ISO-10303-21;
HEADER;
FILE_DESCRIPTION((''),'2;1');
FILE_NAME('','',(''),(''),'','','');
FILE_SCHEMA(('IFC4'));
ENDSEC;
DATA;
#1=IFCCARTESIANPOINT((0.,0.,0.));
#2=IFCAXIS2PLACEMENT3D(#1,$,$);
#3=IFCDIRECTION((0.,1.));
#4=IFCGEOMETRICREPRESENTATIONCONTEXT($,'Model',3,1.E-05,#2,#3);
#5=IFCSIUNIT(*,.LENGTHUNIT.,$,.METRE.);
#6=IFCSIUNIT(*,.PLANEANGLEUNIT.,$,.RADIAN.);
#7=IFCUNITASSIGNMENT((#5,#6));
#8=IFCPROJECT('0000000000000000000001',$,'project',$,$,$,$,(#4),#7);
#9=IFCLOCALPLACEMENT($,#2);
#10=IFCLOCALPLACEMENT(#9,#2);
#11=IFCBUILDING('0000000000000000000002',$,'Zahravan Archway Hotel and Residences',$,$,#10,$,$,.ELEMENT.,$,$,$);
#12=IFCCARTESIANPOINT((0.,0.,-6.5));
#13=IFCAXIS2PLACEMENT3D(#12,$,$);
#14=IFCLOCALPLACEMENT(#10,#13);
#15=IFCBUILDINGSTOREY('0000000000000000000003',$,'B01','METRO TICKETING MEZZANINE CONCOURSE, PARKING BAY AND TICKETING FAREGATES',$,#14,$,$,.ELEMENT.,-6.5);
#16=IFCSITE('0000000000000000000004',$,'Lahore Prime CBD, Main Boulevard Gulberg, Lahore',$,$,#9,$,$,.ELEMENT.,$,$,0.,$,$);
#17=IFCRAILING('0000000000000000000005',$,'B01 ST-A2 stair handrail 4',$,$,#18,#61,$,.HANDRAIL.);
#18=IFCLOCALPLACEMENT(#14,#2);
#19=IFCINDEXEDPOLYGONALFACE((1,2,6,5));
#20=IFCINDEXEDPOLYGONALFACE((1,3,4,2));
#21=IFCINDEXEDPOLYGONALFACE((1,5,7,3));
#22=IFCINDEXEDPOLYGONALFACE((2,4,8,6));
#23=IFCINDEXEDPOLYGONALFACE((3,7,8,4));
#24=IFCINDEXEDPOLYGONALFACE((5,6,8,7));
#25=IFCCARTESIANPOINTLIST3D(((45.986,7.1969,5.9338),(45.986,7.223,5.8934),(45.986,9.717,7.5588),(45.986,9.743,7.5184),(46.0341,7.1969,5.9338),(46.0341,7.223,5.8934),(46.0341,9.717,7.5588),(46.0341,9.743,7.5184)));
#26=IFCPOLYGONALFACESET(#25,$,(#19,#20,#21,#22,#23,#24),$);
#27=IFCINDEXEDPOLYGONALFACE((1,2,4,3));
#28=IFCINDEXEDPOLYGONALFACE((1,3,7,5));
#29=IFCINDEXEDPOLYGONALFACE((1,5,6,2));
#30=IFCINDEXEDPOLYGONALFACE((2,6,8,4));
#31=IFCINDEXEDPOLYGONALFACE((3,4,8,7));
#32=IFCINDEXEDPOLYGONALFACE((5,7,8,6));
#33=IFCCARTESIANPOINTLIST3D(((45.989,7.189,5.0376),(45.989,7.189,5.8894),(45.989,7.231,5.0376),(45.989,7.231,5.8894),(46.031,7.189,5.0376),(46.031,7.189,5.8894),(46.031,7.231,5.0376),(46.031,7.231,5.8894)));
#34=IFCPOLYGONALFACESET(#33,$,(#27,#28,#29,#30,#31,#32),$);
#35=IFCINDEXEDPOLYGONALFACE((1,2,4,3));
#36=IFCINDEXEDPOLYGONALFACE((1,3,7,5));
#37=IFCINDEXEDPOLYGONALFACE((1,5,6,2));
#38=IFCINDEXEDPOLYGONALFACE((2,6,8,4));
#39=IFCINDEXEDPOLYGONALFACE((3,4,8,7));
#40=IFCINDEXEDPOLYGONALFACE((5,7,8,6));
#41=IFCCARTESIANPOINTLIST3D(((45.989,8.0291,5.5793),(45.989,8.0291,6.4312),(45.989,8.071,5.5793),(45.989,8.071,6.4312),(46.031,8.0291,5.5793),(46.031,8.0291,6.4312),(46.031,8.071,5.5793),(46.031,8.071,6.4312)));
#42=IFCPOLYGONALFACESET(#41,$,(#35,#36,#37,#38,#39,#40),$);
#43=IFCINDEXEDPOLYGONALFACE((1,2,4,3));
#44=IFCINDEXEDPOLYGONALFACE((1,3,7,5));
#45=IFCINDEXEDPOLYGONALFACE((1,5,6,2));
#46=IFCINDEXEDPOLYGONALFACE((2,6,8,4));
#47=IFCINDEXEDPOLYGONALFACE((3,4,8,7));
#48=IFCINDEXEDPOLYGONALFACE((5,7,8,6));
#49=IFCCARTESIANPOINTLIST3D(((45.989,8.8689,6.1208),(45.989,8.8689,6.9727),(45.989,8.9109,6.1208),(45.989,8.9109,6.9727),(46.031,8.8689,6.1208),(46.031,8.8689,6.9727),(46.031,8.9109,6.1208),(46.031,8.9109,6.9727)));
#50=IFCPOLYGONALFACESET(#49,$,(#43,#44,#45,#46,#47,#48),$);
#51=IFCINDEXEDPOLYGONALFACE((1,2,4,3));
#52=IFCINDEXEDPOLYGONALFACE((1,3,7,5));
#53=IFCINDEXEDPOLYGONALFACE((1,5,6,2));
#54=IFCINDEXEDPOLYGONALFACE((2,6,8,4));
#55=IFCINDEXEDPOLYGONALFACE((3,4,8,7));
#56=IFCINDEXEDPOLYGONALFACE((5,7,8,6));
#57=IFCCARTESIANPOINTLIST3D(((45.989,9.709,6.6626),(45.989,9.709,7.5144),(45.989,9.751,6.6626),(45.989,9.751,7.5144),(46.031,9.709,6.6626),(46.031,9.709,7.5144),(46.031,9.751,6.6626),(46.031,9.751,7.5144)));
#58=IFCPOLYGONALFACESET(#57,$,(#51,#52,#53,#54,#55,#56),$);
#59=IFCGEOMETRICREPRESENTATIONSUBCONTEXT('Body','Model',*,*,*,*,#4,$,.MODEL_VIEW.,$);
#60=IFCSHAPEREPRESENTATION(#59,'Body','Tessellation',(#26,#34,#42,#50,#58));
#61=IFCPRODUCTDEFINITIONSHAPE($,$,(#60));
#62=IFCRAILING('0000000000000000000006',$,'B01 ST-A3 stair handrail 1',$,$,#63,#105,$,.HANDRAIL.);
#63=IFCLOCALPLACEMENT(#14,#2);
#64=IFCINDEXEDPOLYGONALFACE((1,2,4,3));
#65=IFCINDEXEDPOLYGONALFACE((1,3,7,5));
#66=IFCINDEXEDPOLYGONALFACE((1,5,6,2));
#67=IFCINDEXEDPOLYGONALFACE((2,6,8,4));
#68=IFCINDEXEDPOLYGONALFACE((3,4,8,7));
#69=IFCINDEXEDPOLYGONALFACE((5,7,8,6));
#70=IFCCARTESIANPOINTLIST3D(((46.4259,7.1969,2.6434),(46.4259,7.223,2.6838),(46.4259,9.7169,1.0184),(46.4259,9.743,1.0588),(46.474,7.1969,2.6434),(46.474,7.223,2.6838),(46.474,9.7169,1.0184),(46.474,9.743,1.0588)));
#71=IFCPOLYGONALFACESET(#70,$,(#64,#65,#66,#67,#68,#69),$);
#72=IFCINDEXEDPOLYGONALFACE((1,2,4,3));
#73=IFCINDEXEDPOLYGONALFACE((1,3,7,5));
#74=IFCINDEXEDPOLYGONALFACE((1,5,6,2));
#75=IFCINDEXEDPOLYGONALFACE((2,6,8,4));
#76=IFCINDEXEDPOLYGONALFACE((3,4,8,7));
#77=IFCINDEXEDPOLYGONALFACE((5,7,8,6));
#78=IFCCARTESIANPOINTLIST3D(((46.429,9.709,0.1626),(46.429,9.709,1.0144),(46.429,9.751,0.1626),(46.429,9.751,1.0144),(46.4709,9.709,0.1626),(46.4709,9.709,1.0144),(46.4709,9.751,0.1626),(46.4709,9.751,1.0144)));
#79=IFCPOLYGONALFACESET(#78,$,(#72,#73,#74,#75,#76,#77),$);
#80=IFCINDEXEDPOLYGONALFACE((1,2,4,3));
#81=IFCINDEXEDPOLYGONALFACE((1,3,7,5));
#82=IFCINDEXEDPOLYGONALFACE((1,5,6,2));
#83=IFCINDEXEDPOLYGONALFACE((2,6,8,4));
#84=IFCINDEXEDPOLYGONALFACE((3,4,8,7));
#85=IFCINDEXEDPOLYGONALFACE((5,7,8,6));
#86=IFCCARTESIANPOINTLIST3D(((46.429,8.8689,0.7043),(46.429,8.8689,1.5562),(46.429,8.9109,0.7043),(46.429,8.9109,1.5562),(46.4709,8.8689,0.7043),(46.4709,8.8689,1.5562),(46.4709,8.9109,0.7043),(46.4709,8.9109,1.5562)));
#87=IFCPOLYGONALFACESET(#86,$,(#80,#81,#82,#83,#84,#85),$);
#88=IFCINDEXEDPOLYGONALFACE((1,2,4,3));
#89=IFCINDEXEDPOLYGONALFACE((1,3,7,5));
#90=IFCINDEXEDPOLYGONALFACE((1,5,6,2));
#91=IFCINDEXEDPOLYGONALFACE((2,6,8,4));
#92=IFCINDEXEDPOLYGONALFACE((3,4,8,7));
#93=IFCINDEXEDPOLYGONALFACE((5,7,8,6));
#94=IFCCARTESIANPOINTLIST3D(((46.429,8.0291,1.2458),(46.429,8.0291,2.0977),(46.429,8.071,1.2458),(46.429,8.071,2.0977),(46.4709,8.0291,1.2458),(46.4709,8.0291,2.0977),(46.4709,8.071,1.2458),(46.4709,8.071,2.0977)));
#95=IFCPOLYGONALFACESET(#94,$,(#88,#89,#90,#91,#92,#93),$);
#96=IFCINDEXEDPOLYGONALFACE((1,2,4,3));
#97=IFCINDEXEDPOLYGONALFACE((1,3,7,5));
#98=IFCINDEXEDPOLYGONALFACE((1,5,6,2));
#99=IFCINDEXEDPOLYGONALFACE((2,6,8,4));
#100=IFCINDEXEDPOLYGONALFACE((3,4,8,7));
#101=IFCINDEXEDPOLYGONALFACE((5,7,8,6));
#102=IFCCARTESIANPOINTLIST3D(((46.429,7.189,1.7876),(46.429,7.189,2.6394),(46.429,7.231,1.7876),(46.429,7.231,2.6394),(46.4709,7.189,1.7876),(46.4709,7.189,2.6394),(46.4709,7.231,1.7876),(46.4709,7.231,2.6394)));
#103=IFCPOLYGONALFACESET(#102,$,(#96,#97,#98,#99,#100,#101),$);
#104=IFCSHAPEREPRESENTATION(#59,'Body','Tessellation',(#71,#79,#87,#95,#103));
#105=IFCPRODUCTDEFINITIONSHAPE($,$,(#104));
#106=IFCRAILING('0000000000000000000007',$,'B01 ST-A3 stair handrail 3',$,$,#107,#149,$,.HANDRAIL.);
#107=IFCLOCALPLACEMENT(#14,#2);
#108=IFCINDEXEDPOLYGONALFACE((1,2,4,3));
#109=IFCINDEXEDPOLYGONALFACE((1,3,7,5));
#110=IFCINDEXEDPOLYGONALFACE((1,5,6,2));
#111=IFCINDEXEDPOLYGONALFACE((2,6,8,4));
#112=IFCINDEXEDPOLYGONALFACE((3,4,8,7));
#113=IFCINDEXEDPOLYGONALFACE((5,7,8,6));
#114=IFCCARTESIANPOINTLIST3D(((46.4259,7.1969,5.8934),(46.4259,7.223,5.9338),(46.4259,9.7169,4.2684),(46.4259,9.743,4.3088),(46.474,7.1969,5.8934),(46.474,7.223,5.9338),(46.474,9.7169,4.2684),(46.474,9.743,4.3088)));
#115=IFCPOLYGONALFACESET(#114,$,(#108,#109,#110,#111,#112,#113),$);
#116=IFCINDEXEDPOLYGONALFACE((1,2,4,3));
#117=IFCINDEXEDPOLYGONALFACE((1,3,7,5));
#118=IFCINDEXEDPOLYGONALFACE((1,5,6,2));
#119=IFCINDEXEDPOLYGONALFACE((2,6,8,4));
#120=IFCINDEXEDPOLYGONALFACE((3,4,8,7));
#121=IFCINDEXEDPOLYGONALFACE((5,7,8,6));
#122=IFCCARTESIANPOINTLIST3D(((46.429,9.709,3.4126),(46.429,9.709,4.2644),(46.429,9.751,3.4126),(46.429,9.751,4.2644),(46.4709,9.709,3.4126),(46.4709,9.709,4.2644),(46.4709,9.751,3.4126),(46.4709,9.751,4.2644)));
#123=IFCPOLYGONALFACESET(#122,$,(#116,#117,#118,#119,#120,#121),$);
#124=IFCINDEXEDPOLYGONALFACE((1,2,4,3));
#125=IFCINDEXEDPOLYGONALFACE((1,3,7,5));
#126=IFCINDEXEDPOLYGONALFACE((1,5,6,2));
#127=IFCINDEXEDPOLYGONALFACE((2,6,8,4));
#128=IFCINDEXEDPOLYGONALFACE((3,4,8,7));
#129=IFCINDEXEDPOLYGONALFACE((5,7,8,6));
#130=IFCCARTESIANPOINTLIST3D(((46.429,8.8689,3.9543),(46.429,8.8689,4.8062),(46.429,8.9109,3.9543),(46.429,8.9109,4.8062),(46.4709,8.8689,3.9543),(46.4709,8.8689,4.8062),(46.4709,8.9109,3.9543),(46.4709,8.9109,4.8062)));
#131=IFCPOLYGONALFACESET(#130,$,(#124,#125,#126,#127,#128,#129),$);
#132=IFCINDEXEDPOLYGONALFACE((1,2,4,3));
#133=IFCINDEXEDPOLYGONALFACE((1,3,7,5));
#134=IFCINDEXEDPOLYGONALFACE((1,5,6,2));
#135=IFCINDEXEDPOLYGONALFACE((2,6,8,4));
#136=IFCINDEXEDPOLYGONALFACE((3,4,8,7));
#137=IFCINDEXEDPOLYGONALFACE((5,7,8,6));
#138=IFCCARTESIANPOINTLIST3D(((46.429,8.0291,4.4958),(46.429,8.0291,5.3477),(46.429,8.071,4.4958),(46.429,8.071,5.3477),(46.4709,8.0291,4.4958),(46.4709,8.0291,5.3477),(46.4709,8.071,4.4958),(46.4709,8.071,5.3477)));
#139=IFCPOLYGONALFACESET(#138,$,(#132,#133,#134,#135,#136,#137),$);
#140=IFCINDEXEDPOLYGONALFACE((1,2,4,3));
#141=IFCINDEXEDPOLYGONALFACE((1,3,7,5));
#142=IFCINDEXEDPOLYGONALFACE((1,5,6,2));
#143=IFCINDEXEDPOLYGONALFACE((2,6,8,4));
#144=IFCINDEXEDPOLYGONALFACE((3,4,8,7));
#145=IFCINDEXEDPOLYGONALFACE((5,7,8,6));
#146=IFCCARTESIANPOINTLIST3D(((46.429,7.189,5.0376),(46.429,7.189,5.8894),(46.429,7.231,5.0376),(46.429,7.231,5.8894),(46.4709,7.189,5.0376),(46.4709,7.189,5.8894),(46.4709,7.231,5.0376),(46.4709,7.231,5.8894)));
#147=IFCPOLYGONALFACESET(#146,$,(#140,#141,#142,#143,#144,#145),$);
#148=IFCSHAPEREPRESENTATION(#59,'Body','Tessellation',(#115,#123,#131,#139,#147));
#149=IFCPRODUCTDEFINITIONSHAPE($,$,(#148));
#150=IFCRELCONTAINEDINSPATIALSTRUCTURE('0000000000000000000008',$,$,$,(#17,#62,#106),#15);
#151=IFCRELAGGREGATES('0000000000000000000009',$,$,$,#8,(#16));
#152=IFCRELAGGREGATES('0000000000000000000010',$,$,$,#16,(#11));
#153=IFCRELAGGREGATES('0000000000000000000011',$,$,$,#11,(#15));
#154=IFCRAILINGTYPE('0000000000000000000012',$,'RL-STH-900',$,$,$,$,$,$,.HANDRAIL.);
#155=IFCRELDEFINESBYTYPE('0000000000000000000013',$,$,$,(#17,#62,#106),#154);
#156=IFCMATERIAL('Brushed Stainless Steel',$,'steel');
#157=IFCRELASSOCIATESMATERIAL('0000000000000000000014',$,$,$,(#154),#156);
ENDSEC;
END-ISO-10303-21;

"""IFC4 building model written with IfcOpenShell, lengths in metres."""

from ifc_helpers import new_model, si_unit, direction, frame, origin, origin_2d, place, context, subcontext, project, spatial, rectangle, extrude, material, type_object, element, save


model = new_model("IFC4")

# Units and contexts
model_context = context("Model", 3, precision=1e-05, world=origin(), true_north=direction((0.0, 1.0)))
body_context = subcontext(model_context, "Body", "Model", "MODEL_VIEW")
ifc_project = project(units=[si_unit("LENGTHUNIT", "METRE"), si_unit("PLANEANGLEUNIT", "RADIAN")], contexts=[model_context])

# Site, building, storey
site_placement = place(None, origin())
site = spatial("IfcSite", under=ifc_project, at=site_placement, Name="Lahore Prime CBD, Main Boulevard Gulberg, Lahore", CompositionType="ELEMENT", RefElevation=0.0)
building_placement = place(site_placement, origin())
building = spatial("IfcBuilding", under=site, at=building_placement, Name="Zahravan Archway Hotel and Residences", CompositionType="ELEMENT")
storey_placement = place(building_placement, frame((0.0, 0.0, -6.5)))
storey = spatial("IfcBuildingStorey", under=building, at=storey_placement, Name="B01", Description="METRO TICKETING MEZZANINE CONCOURSE, PARKING BAY AND TICKETING FAREGATES", CompositionType="ELEMENT", Elevation=-6.5)

# Railings
ifc_material_1 = material(Name="Brushed Stainless Steel", Category="steel")
railing_type_1 = type_object("IfcRailingType", Name="RL-STH-900", PredefinedType="HANDRAIL", material=ifc_material_1)
railing_1_placement = place(storey_placement, frame((46.01, 7.21, 5.0376)))
element("IfcRailing", 1, at=railing_1_placement, inside=storey, type_object=railing_type_1, Name="B01 ST-A2 stair handrail 4", PredefinedType="HANDRAIL", context=body_context, shape_type="SweptSolid", body=[
    extrude(rectangle(XDim=0.0481, YDim=0.0481, at=origin_2d()), frame((0.0, 0.0, 0.876), z_axis=(0.0, 0.840421, 0.541934), x_axis=(-1.0, 0.0, 0.0)), (0.0, 0.0, 1.0), 2.9985),
    extrude(rectangle(XDim=0.042, YDim=0.042, at=origin_2d()), origin(), (0.0, 0.0, 1.0), 0.8518),
    extrude(rectangle(XDim=0.042, YDim=0.042, at=origin_2d()), frame((0.0, 0.8401, 0.5417)), (0.0, 0.0, 1.0), 0.8518),
    extrude(rectangle(XDim=0.042, YDim=0.042, at=origin_2d()), frame((0.0, 1.6799, 1.0833)), (0.0, 0.0, 1.0), 0.8518),
    extrude(rectangle(XDim=0.042, YDim=0.042, at=origin_2d()), frame((0.0, 2.52, 1.625)), (0.0, 0.0, 1.0), 0.8518),
])
for number, where, name in (
    (2, (46.45, 9.73, 0.1626), "B01 ST-A3 stair handrail 1"),
    (3, (46.45, 9.73, 3.4126), "B01 ST-A3 stair handrail 3"),
):
    element("IfcRailing", number, at=place(storey_placement, frame(where)), inside=storey, type_object=railing_type_1, Name=name, PredefinedType="HANDRAIL", context=body_context, shape_type="SweptSolid", body=[
        extrude(rectangle(XDim=0.0481, YDim=0.0481, at=origin_2d()), frame((0.0, 0.0, 0.876), z_axis=(0.0, -0.840421, 0.541934), x_axis=(1.0, 0.0, 0.0)), (0.0, 0.0, 1.0), 2.9985),
        extrude(rectangle(XDim=0.042, YDim=0.042, at=origin_2d()), origin(), (0.0, 0.0, 1.0), 0.8518),
        extrude(rectangle(XDim=0.042, YDim=0.042, at=origin_2d()), frame((0.0, -0.8401, 0.5417)), (0.0, 0.0, 1.0), 0.8518),
        extrude(rectangle(XDim=0.042, YDim=0.042, at=origin_2d()), frame((0.0, -1.6799, 1.0833)), (0.0, 0.0, 1.0), 0.8518),
        extrude(rectangle(XDim=0.042, YDim=0.042, at=origin_2d()), frame((0.0, -2.52, 1.625)), (0.0, 0.0, 1.0), 0.8518),
    ])

save(model, "model.ifc")
